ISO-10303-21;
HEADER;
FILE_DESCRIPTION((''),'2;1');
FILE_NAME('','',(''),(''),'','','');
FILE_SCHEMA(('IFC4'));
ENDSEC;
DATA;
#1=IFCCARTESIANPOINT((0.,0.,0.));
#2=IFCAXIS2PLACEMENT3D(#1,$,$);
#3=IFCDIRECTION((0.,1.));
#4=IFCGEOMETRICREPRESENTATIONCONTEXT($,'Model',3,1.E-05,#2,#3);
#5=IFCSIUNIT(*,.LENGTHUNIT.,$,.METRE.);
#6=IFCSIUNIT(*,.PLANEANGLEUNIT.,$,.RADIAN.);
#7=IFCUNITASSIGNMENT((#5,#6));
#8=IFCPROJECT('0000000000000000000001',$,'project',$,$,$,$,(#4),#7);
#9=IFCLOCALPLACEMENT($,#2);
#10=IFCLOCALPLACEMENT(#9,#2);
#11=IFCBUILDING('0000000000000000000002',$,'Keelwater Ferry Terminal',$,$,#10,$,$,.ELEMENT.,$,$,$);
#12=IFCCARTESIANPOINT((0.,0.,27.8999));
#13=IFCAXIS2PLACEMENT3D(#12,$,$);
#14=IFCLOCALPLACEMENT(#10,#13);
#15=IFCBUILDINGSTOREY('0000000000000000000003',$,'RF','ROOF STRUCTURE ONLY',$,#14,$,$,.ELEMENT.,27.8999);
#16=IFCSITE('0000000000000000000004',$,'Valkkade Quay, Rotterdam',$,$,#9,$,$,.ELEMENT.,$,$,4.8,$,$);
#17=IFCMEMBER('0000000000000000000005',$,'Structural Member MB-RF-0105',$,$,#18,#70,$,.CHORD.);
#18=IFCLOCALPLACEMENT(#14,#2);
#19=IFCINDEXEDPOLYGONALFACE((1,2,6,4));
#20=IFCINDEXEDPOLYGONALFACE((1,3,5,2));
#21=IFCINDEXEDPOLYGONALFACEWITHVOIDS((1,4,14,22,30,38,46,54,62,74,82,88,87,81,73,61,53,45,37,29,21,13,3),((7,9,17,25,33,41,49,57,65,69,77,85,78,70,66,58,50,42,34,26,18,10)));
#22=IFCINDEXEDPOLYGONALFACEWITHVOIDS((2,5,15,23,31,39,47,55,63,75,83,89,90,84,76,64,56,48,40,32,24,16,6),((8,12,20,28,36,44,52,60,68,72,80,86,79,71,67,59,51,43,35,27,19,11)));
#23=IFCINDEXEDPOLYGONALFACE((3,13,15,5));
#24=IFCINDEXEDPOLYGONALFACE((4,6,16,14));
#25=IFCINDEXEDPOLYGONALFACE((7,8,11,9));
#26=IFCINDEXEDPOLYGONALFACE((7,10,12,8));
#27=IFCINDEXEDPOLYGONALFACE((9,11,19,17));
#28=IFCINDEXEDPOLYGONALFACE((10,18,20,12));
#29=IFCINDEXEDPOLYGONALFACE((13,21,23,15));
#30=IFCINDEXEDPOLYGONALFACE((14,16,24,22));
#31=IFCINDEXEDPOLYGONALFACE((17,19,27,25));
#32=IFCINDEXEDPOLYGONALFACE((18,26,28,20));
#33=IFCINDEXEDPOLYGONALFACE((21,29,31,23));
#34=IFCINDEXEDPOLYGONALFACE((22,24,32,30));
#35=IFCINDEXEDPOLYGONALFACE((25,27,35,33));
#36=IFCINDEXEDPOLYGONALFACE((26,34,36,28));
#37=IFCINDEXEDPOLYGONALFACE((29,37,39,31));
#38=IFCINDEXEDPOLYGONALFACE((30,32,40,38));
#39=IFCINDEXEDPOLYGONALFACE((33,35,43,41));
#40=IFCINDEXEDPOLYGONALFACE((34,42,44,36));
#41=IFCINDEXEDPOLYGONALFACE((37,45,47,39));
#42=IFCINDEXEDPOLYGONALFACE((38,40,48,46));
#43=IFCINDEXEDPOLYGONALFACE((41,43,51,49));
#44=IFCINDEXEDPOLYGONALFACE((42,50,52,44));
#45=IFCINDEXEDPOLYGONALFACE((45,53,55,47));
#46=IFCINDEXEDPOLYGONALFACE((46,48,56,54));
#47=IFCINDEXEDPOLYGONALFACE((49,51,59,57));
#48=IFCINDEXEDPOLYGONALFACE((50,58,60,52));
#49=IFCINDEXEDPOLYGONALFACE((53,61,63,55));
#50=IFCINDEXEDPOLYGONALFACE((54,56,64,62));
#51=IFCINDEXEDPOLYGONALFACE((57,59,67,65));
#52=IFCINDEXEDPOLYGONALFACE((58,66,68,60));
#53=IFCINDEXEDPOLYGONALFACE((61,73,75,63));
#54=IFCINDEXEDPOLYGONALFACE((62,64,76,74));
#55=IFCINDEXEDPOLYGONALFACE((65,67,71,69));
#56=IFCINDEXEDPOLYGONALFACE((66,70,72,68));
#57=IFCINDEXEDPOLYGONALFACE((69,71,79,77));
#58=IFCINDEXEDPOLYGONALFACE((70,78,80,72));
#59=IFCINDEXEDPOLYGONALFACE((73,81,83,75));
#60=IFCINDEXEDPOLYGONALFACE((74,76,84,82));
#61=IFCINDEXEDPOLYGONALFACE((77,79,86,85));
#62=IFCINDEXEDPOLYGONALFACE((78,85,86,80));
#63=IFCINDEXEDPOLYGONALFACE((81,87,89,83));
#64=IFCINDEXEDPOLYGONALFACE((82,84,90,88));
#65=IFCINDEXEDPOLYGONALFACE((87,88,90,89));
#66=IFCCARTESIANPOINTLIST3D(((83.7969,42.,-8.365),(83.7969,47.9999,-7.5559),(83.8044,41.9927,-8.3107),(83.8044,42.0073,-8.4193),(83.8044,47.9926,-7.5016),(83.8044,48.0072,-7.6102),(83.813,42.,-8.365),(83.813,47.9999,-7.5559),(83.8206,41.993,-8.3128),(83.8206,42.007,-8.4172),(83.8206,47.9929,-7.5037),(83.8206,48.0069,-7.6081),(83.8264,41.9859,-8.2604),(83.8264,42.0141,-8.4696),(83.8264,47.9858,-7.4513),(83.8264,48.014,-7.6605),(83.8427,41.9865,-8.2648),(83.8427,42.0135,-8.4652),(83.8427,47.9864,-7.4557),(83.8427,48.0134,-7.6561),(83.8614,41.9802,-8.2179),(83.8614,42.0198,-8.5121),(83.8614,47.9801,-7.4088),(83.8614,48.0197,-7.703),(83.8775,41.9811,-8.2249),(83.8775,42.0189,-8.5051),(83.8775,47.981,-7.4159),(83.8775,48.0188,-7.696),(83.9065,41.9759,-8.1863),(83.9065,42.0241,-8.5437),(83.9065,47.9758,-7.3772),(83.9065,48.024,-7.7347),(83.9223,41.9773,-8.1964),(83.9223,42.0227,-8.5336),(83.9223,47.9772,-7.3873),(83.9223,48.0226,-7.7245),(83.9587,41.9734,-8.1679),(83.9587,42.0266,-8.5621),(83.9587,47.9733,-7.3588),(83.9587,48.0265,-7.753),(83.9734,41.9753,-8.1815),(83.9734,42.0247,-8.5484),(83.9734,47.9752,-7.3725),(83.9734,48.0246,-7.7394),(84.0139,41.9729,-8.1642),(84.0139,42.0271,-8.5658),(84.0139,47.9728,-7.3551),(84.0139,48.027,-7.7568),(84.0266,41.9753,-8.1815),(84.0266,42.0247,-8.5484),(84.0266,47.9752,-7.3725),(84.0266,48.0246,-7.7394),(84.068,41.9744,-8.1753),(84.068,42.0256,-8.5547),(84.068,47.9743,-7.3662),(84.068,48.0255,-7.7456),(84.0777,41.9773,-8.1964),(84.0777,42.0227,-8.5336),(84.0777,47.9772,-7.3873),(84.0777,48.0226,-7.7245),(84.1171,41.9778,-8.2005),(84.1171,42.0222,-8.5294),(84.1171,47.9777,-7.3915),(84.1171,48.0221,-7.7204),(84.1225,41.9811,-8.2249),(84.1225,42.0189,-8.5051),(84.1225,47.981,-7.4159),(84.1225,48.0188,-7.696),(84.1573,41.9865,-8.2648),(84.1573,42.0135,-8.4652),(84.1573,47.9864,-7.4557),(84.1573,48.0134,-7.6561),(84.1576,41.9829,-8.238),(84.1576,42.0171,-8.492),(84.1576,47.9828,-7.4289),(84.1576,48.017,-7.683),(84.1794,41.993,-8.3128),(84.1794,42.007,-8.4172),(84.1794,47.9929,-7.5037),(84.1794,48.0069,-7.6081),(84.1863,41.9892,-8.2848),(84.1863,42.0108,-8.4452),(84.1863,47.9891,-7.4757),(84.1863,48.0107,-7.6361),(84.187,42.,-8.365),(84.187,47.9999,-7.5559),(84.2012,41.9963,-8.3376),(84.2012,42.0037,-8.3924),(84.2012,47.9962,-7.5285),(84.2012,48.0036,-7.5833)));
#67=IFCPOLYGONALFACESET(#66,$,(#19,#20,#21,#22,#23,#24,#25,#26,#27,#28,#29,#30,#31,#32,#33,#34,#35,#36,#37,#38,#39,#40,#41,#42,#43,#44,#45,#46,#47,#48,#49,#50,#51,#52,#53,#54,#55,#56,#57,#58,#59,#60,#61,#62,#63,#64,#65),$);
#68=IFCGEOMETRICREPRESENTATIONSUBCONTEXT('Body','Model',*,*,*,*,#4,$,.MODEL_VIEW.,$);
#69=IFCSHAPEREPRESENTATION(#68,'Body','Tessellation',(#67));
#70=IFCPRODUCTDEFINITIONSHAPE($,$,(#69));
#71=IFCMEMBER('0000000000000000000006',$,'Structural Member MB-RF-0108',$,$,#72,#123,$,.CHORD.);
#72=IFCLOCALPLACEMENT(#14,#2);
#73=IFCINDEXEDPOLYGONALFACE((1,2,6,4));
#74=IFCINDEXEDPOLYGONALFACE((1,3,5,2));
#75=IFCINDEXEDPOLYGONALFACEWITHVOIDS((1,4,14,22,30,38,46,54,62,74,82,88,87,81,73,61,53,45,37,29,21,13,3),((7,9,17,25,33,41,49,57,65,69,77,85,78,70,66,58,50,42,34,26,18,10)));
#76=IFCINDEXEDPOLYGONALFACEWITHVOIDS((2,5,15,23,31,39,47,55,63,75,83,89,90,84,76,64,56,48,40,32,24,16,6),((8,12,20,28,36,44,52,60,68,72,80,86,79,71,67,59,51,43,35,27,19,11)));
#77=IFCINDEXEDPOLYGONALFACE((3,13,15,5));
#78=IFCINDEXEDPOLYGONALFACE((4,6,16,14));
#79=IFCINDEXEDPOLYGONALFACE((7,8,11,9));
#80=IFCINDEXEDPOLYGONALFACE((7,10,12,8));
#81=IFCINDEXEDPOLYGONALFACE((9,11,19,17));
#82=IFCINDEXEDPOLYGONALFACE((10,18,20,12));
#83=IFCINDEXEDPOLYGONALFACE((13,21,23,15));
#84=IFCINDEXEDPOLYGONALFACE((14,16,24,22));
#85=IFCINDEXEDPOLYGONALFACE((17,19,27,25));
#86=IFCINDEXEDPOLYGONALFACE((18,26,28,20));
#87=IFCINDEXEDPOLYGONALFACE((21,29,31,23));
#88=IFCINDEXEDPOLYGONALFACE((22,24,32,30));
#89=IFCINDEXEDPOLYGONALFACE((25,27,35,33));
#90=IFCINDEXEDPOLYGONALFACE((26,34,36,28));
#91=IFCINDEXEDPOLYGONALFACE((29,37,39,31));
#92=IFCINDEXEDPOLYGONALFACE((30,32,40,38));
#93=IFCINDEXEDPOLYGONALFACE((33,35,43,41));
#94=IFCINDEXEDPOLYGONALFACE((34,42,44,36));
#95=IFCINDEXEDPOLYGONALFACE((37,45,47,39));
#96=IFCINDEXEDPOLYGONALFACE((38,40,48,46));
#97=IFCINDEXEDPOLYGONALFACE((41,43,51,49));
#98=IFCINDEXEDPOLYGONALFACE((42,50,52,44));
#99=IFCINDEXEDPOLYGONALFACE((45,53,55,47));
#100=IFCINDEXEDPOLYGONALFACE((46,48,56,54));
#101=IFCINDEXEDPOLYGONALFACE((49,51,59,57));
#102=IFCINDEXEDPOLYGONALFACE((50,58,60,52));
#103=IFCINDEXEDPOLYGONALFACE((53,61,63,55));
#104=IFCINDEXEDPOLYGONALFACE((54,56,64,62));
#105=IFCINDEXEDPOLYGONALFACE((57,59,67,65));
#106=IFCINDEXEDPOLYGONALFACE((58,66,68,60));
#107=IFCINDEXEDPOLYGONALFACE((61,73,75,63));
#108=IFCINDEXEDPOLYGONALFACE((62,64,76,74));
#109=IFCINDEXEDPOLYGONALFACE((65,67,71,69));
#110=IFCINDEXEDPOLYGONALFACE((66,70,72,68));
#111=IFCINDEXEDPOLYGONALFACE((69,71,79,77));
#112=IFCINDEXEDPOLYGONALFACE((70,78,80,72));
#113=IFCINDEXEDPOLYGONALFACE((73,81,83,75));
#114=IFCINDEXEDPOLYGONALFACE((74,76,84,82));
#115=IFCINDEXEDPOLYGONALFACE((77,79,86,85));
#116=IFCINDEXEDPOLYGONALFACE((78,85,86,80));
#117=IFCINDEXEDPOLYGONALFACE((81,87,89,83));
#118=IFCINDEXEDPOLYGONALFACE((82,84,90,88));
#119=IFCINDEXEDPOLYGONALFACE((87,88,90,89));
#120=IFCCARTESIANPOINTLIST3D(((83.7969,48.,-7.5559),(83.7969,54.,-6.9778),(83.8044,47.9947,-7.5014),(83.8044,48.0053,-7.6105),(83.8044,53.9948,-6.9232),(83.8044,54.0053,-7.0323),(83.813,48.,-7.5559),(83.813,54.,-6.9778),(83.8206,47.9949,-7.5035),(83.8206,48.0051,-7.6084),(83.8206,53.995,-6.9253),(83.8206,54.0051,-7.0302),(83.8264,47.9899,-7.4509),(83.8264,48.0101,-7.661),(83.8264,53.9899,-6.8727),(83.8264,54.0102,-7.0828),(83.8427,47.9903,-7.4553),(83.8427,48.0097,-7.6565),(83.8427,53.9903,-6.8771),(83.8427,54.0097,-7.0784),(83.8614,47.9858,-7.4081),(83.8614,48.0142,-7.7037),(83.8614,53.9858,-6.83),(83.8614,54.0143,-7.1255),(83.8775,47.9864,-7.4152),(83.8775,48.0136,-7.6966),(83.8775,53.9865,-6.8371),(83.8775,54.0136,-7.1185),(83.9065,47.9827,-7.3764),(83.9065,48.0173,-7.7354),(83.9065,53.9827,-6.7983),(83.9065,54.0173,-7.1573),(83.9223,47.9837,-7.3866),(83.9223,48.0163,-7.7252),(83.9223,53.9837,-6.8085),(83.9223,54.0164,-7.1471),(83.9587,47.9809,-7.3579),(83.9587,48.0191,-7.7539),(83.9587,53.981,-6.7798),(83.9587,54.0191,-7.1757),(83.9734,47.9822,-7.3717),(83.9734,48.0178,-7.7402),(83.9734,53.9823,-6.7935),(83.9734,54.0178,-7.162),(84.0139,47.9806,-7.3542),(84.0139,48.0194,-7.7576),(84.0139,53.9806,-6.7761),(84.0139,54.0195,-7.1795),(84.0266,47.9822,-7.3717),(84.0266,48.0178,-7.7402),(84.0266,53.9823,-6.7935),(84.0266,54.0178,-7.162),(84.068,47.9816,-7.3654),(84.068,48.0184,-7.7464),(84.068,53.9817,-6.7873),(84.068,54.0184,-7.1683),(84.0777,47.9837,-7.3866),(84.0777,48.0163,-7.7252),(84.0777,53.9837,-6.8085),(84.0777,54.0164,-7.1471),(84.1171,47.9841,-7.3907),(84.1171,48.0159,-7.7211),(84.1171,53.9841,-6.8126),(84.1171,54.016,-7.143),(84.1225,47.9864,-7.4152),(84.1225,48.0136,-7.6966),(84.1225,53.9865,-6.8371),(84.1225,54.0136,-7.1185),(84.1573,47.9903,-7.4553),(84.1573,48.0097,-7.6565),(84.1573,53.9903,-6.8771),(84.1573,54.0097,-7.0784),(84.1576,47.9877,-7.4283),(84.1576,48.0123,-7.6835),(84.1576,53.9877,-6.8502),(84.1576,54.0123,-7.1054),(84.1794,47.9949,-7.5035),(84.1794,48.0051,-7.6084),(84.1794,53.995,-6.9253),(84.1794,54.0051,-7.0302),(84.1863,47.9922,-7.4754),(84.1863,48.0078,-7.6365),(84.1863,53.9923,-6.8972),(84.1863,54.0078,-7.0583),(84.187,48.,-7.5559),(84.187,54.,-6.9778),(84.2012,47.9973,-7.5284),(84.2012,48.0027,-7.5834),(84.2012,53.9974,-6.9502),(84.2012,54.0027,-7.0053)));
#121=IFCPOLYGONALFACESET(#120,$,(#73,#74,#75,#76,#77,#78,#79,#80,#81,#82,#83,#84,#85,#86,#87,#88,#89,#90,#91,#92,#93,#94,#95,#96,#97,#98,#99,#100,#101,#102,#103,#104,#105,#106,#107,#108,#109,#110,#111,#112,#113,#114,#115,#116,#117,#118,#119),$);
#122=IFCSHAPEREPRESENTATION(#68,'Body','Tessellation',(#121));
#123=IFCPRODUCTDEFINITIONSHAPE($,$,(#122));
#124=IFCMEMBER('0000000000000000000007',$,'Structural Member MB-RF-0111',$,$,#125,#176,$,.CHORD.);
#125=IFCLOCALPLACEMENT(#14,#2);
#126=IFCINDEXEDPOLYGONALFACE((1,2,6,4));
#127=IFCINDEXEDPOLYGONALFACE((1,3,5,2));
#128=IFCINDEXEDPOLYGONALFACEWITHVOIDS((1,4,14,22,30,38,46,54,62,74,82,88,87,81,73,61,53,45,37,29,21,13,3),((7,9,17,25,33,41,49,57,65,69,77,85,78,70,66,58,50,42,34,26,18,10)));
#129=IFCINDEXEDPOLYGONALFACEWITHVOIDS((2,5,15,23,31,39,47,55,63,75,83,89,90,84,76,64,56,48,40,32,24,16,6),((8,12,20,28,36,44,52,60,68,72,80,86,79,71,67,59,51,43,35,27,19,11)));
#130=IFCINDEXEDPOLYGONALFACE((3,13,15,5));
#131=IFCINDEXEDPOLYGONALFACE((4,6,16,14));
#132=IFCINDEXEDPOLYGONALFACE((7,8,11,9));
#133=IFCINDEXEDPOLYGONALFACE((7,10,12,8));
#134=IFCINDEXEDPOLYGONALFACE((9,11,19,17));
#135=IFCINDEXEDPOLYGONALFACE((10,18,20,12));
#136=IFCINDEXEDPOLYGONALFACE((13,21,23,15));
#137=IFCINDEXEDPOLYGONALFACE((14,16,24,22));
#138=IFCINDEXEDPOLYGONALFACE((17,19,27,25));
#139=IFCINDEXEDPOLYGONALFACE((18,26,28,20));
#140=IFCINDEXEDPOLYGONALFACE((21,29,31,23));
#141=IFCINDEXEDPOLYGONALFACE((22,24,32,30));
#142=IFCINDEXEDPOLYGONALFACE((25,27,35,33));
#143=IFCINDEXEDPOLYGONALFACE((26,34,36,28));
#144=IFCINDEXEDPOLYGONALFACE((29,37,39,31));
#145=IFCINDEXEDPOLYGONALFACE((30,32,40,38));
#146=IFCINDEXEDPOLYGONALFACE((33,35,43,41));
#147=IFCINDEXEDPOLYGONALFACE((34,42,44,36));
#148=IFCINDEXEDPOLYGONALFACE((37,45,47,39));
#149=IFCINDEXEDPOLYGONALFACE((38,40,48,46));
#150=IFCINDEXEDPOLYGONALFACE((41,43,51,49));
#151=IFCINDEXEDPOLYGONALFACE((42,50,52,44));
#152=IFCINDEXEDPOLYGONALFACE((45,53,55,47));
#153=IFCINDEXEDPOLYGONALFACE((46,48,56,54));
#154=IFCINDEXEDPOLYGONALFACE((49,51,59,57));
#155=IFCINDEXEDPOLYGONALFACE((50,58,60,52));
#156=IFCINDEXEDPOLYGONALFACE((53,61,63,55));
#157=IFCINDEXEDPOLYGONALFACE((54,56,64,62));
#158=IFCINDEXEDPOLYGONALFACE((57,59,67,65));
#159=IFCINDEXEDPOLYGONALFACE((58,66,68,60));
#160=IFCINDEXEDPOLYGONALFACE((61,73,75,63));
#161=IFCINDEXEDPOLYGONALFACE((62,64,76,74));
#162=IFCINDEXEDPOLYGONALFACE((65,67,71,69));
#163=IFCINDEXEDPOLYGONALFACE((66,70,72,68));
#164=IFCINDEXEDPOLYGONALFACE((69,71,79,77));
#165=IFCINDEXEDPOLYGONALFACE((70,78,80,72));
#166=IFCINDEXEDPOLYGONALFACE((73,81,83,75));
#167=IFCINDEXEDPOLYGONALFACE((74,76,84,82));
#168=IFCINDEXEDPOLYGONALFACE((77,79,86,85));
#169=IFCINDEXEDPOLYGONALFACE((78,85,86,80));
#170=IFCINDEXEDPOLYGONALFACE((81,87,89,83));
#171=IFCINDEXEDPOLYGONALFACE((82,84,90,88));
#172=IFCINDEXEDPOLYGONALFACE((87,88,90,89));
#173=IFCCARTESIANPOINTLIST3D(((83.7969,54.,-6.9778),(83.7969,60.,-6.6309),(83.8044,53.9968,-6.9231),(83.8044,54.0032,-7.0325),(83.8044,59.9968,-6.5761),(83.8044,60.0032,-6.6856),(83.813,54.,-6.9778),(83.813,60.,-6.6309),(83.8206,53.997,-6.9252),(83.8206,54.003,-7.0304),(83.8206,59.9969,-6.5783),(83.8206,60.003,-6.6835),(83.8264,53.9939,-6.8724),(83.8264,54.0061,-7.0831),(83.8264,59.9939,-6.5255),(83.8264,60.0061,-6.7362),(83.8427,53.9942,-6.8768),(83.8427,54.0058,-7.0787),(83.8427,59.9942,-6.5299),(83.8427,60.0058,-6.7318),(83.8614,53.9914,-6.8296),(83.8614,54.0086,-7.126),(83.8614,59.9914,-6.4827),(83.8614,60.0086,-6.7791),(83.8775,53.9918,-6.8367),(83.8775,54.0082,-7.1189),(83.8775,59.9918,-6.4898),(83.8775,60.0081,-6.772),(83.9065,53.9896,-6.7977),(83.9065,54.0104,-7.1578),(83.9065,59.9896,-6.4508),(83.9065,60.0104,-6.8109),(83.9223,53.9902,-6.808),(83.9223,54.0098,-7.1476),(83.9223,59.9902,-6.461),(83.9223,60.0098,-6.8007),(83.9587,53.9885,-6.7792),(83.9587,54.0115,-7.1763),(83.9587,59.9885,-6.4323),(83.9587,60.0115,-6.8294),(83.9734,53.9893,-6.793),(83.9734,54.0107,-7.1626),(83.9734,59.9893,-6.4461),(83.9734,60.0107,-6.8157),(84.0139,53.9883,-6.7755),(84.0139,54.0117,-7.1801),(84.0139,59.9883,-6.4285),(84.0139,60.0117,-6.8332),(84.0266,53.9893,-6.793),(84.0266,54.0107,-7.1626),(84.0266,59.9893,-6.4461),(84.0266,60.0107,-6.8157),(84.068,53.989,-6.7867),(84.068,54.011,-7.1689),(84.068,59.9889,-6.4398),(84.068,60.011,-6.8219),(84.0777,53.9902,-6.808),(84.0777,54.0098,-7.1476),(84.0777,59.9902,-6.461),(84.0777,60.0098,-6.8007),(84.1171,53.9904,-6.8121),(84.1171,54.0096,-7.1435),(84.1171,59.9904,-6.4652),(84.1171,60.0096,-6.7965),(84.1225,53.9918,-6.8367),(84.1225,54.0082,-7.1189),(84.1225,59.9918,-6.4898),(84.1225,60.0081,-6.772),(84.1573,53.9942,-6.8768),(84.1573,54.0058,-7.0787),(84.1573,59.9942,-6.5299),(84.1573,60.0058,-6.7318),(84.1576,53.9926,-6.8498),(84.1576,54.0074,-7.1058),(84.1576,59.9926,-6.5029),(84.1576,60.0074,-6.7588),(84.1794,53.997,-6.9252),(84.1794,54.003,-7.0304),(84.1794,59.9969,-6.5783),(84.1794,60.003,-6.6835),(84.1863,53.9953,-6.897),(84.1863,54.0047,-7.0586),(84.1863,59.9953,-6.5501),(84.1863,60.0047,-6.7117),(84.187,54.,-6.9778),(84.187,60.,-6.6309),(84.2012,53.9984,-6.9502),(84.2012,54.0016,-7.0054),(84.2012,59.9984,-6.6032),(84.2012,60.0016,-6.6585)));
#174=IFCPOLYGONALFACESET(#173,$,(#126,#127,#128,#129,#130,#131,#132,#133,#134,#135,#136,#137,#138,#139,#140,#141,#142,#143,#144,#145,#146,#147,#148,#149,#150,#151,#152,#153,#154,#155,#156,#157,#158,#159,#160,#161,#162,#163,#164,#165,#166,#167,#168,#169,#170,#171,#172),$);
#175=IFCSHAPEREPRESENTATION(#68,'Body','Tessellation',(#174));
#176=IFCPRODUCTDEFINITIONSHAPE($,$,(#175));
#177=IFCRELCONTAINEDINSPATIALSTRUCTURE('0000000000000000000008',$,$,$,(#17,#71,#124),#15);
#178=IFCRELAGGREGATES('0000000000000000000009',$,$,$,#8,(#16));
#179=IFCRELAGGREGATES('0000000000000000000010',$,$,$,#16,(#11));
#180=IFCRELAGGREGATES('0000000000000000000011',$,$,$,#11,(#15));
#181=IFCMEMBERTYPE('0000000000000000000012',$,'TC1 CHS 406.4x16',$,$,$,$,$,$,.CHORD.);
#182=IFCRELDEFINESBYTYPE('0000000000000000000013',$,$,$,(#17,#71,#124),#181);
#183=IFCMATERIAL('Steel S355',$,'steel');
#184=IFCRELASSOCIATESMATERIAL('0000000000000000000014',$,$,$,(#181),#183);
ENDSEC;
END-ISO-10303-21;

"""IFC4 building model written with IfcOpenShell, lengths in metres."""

from ifc_helpers import new_model, si_unit, direction, frame, origin, origin_2d, place, context, subcontext, project, spatial, hollow_circle, extrude, material, material_profile, profile_set, type_object, element, save


model = new_model("IFC4")

# Units and contexts
model_context = context("Model", 3, precision=1e-05, world=origin(), true_north=direction((0.0, 1.0)))
body_context = subcontext(model_context, "Body", "Model", "MODEL_VIEW")
ifc_project = project(units=[si_unit("LENGTHUNIT", "METRE"), si_unit("PLANEANGLEUNIT", "RADIAN")], contexts=[model_context])

# Site, building, storey
site_placement = place(None, origin())
site = spatial("IfcSite", under=ifc_project, at=site_placement, Name="Valkkade Quay, Rotterdam", CompositionType="ELEMENT", RefElevation=4.8)
building_placement = place(site_placement, origin())
building = spatial("IfcBuilding", under=site, at=building_placement, Name="Keelwater Ferry Terminal", CompositionType="ELEMENT")
storey_placement = place(building_placement, frame((0.0, 0.0, 27.8999)))
storey = spatial("IfcBuildingStorey", under=building, at=storey_placement, Name="RF", Description="ROOF STRUCTURE ONLY", CompositionType="ELEMENT", Elevation=27.8999)

# Members
ifc_material_1 = material(Name="Steel S355", Category="steel")
ifc_material_profile_1 = material_profile(ifc_material_1, hollow_circle(Radius=0.2031, WallThickness=0.0161, at=origin_2d()), Name="CHS 406.4x16")
ifc_profile_set_1 = profile_set([ifc_material_profile_1], Name="Steel S355")
member_type_1 = type_object("IfcMemberType", Name="TC1 CHS 406.4x16", PredefinedType="CHORD", material=ifc_profile_set_1)
member_1_placement = place(storey_placement, frame((84.0, 42.0, -8.365), z_axis=(0.0, 0.99103, 0.133637), x_axis=(-1.0, 0.0, 0.0)))
element("IfcMember", 1, at=member_1_placement, inside=storey, type_object=member_type_1, Name="Structural Member MB-RF-0105", PredefinedType="CHORD", context=body_context, shape_type="SweptSolid", body=[
    extrude(hollow_circle(Radius=0.2031, WallThickness=0.0161, at=origin_2d()), origin(), (0.0, 0.0, 1.0), 6.0542),
])
member_2_placement = place(storey_placement, frame((84.0, 48.0, -7.5559), z_axis=(0.0, 0.99539, 0.09591), x_axis=(-1.0, 0.0, 0.0)))
element("IfcMember", 2, at=member_2_placement, inside=storey, type_object=member_type_1, Name="Structural Member MB-RF-0108", PredefinedType="CHORD", context=body_context, shape_type="SweptSolid", body=[
    extrude(hollow_circle(Radius=0.2031, WallThickness=0.0161, at=origin_2d()), origin(), (0.0, 0.0, 1.0), 6.0278),
])
member_3_placement = place(storey_placement, frame((84.0, 54.0, -6.9778), z_axis=(0.0, 0.998333, 0.057724), x_axis=(-1.0, 0.0, 0.0)))
element("IfcMember", 3, at=member_3_placement, inside=storey, type_object=member_type_1, Name="Structural Member MB-RF-0111", PredefinedType="CHORD", context=body_context, shape_type="SweptSolid", body=[
    extrude(hollow_circle(Radius=0.2031, WallThickness=0.0161, at=origin_2d()), origin(), (0.0, 0.0, 1.0), 6.01),
])

save(model, "model.ifc")
